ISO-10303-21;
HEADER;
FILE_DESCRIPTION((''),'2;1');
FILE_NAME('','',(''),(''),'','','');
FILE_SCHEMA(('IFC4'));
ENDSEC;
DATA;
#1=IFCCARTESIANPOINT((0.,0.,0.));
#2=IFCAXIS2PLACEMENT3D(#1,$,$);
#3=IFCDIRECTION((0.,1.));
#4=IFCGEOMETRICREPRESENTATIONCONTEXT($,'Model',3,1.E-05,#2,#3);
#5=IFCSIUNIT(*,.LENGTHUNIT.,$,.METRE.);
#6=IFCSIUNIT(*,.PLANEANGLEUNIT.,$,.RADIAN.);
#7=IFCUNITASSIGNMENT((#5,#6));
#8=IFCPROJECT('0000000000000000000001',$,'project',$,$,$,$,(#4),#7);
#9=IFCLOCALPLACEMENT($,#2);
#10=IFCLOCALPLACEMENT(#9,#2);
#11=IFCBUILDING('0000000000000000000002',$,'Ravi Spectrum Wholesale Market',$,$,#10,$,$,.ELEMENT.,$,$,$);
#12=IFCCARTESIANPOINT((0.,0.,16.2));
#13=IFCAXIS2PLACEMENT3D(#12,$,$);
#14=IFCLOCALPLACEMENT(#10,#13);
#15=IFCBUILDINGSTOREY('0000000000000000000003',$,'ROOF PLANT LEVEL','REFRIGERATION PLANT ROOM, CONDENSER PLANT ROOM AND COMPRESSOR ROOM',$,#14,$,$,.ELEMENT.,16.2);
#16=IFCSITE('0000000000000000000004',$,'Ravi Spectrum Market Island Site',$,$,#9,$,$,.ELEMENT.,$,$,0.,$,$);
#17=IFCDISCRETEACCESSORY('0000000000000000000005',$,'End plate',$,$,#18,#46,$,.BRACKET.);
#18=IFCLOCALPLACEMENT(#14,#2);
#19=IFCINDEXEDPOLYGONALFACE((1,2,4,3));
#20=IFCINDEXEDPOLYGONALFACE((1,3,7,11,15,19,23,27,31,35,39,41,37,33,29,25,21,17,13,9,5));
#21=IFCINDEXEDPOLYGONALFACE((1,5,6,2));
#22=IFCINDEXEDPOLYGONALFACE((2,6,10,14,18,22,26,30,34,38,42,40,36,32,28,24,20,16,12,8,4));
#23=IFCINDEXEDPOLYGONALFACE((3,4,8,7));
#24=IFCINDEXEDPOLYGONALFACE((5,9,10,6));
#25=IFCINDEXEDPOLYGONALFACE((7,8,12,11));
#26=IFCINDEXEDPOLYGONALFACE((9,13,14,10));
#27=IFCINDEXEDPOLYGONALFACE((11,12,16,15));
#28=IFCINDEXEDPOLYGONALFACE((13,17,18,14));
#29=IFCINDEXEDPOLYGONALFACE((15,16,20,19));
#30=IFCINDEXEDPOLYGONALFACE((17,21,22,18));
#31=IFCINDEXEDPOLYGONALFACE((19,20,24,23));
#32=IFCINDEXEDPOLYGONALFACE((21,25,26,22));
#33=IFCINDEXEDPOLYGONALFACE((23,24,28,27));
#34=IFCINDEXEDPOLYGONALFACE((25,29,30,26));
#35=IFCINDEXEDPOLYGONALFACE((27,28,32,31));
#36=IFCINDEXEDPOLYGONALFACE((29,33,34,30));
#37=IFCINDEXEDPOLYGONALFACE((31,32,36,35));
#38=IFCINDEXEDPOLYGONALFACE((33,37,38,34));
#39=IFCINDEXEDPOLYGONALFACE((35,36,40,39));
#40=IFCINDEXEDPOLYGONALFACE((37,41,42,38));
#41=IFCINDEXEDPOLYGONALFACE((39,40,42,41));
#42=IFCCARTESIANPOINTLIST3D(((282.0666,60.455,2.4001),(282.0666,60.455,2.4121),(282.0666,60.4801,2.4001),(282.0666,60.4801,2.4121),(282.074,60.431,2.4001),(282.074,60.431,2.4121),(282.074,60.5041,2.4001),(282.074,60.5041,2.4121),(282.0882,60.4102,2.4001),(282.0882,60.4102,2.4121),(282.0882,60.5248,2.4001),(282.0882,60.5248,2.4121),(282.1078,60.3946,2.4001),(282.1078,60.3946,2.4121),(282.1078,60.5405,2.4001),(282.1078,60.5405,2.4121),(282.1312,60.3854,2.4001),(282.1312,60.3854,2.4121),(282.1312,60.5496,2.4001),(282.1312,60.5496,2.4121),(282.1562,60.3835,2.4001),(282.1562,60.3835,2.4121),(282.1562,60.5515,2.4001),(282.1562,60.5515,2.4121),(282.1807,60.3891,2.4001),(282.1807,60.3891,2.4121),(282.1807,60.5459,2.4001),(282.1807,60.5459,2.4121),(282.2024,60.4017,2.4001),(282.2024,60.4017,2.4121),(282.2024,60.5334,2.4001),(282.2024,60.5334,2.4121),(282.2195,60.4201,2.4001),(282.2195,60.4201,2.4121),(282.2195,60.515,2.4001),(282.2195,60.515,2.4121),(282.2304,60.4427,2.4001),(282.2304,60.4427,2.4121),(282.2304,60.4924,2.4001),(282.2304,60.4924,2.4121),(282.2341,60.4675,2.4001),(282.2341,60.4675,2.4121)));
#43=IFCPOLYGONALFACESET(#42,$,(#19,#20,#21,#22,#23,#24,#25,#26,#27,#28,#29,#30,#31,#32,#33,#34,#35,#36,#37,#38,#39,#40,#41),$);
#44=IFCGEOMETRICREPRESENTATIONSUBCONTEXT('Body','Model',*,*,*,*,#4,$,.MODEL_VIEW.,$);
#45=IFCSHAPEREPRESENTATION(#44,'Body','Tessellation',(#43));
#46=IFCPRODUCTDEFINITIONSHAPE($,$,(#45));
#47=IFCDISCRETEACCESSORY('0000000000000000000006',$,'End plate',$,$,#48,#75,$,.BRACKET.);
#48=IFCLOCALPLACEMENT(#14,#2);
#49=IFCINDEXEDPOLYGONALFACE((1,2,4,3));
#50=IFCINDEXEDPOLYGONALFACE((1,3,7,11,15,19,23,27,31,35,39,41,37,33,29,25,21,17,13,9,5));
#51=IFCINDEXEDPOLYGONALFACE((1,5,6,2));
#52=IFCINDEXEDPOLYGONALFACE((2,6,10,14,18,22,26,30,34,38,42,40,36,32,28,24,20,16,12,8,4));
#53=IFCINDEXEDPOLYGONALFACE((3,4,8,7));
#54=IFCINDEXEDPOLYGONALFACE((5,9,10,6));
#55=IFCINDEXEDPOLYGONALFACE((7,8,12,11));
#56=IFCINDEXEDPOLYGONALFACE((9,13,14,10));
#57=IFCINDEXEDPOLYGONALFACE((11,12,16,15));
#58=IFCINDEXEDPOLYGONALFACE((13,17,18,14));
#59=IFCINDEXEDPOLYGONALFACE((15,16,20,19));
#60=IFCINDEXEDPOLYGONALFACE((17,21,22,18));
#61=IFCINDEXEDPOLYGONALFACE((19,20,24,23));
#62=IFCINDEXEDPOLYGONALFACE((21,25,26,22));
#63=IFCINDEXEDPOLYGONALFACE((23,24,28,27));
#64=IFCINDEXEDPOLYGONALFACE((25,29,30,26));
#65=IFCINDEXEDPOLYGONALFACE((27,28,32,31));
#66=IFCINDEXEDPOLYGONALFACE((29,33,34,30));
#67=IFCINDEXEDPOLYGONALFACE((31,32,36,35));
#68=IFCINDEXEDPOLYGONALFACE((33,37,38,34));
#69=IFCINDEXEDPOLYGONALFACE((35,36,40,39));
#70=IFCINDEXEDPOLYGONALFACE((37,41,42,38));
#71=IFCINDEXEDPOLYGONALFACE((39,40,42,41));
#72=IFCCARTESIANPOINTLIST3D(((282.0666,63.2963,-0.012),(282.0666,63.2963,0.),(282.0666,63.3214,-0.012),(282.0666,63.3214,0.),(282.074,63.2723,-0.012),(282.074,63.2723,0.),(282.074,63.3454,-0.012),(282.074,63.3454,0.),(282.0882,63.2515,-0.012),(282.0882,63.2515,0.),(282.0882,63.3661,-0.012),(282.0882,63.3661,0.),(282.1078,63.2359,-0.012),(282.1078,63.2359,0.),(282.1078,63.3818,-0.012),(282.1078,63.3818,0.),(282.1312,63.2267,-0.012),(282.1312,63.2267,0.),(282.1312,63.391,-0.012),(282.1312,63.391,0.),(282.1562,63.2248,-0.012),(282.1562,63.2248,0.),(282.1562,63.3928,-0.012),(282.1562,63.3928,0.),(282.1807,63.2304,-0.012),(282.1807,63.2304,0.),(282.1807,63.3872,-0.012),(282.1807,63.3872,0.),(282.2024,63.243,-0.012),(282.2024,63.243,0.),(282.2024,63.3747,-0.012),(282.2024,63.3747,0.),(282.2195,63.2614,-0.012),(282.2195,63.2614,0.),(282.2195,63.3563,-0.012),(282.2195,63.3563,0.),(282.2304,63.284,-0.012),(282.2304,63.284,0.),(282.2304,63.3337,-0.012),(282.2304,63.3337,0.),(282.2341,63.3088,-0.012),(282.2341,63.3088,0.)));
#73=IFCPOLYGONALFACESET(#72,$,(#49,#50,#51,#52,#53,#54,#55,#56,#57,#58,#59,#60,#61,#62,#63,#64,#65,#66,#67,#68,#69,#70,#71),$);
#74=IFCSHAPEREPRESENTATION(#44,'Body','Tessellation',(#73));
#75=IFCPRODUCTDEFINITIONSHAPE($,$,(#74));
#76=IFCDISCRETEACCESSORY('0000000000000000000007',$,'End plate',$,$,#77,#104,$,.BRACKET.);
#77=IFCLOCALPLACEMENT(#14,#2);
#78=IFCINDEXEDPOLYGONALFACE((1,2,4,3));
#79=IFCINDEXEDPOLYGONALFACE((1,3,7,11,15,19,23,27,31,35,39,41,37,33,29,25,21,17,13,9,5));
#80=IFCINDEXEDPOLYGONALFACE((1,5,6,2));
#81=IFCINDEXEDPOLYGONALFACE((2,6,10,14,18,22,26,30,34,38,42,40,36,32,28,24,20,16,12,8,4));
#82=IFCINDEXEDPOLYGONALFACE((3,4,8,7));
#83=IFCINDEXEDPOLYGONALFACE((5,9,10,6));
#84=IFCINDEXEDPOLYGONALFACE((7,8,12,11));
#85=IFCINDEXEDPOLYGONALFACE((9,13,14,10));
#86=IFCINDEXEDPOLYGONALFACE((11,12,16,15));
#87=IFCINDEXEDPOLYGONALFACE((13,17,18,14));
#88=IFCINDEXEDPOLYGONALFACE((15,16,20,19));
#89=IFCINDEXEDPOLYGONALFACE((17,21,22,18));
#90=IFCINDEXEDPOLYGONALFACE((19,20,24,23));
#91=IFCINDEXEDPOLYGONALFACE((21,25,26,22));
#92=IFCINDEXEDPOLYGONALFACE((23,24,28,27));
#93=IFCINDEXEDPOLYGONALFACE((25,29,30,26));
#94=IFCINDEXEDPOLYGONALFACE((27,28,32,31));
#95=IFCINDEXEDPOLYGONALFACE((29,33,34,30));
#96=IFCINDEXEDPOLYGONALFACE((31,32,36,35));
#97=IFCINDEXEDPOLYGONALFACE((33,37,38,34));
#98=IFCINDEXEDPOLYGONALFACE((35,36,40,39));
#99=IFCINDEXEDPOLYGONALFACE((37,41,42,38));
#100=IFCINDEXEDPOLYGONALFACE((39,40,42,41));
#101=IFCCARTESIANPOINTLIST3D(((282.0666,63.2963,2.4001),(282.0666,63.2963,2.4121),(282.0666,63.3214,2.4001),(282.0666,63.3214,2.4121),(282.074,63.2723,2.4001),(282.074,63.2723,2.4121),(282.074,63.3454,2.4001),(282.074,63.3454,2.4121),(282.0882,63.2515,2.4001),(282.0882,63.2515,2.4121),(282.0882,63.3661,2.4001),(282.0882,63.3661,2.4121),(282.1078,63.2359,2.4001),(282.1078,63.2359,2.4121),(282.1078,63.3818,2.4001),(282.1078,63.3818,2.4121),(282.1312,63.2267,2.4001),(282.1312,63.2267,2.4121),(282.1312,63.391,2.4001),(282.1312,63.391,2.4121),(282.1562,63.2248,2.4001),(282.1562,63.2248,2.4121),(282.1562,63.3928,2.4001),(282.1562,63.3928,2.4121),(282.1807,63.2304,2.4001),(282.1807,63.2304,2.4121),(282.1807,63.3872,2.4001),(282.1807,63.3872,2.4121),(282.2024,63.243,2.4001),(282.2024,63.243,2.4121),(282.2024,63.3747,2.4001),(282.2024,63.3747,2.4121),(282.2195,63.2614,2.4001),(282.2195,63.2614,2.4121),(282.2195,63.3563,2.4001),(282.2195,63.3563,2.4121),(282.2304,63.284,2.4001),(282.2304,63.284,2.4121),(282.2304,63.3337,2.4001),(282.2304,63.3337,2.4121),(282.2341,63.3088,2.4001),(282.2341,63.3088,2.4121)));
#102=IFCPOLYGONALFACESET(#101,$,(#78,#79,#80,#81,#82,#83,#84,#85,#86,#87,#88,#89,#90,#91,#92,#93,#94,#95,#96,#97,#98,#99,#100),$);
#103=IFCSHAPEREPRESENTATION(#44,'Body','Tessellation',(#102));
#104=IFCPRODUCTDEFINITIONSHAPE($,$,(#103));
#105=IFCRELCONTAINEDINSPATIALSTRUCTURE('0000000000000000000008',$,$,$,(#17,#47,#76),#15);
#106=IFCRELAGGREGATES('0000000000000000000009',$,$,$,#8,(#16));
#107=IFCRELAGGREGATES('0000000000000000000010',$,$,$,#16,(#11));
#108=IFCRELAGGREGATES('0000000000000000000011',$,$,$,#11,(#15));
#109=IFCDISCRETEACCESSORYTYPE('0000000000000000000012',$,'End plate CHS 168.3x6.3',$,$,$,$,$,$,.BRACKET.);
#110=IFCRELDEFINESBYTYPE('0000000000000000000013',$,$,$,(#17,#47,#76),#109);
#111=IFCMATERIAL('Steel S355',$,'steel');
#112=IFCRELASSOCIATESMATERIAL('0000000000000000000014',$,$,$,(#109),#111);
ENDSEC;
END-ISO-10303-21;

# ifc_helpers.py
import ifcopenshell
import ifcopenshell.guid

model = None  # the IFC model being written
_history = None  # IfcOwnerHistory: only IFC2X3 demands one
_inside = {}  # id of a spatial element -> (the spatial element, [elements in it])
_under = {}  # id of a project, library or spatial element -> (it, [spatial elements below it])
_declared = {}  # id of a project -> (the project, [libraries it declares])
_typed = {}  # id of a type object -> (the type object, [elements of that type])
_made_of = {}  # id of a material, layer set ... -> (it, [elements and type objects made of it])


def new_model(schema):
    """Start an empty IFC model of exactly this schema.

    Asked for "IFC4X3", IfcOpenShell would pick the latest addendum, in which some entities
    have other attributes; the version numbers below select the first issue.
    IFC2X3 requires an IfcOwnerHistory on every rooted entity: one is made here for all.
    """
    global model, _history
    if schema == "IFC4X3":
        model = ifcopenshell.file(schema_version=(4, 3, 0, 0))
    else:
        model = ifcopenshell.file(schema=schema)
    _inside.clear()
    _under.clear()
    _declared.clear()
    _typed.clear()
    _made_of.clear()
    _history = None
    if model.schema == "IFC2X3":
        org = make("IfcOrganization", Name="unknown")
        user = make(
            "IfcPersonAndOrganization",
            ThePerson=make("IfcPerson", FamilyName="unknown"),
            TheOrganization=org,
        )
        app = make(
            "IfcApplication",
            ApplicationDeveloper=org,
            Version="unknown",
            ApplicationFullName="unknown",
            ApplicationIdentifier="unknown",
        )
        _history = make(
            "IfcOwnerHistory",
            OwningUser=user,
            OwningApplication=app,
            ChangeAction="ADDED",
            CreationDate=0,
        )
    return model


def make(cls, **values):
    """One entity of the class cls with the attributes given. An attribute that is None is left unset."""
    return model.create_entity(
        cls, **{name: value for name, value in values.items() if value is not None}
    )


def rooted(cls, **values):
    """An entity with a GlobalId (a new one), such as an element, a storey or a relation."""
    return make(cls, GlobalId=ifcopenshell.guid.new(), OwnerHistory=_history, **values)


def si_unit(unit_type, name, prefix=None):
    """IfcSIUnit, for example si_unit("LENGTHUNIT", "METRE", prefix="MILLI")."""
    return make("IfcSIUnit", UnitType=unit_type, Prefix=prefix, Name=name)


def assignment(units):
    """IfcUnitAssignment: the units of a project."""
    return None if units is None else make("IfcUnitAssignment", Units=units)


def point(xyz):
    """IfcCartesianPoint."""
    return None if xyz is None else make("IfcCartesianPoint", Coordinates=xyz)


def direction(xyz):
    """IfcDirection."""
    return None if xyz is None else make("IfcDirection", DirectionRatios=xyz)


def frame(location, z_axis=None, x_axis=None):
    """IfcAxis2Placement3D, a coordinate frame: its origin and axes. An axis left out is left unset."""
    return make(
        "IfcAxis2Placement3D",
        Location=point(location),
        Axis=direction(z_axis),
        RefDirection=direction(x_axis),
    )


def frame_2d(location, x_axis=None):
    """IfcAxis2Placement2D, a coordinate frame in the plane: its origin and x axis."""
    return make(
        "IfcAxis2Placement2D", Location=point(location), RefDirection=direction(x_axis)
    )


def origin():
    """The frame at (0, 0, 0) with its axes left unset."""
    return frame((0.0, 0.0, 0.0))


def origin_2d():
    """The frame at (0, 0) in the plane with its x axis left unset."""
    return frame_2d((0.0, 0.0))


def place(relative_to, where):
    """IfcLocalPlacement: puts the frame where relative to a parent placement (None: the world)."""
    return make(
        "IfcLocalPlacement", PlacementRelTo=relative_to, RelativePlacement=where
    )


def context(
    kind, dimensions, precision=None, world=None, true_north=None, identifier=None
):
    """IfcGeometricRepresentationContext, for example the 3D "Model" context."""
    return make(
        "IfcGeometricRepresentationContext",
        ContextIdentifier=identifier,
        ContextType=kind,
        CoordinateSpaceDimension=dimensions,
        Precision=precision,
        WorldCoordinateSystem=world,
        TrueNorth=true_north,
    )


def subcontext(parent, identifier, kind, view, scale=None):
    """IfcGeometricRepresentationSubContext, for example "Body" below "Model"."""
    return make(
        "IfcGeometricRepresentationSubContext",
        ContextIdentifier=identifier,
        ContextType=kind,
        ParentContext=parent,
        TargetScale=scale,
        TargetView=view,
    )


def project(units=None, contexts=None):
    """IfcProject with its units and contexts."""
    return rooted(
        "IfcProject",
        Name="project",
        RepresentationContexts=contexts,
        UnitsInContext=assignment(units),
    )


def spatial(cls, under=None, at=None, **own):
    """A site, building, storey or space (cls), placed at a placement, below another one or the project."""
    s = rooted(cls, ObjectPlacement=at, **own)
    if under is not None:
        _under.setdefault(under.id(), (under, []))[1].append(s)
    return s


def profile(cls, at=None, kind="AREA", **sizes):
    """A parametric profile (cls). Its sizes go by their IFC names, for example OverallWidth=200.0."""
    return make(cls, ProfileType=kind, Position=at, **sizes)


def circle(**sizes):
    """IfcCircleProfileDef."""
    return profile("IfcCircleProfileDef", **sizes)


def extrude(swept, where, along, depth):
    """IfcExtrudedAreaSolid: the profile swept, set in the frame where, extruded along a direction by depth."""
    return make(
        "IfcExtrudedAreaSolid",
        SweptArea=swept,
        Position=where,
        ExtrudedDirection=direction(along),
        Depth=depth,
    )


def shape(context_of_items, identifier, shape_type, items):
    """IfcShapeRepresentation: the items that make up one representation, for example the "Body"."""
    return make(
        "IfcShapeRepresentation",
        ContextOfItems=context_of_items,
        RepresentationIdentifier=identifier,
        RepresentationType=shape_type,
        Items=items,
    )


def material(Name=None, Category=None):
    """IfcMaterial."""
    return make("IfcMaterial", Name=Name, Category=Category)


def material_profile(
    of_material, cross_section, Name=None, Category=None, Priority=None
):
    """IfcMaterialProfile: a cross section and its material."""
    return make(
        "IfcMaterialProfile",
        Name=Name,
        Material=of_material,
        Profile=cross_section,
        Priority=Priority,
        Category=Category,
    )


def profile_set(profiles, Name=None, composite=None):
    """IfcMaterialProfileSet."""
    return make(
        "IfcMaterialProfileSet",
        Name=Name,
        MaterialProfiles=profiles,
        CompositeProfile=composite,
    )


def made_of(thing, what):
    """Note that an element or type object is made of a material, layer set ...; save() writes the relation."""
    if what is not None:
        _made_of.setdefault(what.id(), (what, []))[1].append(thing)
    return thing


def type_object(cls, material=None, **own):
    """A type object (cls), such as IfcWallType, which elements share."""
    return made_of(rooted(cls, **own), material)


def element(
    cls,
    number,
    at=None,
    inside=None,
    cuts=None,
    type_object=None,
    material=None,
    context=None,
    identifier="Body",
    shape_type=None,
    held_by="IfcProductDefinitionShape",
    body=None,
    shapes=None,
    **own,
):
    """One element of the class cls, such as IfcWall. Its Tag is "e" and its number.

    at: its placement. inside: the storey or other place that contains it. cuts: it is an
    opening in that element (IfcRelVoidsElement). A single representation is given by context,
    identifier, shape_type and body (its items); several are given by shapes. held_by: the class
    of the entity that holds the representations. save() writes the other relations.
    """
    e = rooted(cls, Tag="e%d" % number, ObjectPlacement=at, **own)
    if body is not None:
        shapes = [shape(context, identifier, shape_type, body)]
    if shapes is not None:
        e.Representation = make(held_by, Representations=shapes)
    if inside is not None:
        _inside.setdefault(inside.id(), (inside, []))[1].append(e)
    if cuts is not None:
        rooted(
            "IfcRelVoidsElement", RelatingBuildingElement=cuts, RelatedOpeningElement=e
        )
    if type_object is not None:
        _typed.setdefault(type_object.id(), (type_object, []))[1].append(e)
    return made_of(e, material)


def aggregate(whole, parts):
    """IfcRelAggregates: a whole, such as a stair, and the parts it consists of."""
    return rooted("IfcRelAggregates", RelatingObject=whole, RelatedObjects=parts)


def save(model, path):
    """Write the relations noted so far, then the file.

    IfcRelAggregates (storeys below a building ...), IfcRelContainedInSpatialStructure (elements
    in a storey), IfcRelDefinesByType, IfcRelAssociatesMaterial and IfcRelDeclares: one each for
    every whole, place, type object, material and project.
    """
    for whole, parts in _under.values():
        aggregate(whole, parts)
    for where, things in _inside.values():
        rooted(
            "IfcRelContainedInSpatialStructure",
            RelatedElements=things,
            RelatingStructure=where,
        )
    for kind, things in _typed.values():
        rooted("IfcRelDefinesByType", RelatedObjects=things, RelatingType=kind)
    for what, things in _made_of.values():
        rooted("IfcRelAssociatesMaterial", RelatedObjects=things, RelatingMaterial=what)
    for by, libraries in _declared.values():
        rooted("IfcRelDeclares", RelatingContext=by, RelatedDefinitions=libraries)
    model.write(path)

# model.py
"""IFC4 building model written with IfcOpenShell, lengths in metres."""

from ifc_helpers import new_model, si_unit, direction, frame, origin, origin_2d, place, context, subcontext, project, spatial, circle, extrude, material, material_profile, profile_set, type_object, element, save


model = new_model("IFC4")

# Units and contexts
model_context = context("Model", 3, precision=1e-05, world=origin(), true_north=direction((0.0, 1.0)))
body_context = subcontext(model_context, "Body", "Model", "MODEL_VIEW")
ifc_project = project(units=[si_unit("LENGTHUNIT", "METRE"), si_unit("PLANEANGLEUNIT", "RADIAN")], contexts=[model_context])

# Site, building, storey
site_placement = place(None, origin())
site = spatial("IfcSite", under=ifc_project, at=site_placement, Name="Ravi Spectrum Market Island Site", CompositionType="ELEMENT", RefElevation=0.0)
building_placement = place(site_placement, origin())
building = spatial("IfcBuilding", under=site, at=building_placement, Name="Ravi Spectrum Wholesale Market", CompositionType="ELEMENT")
storey_placement = place(building_placement, frame((0.0, 0.0, 16.2)))
storey = spatial("IfcBuildingStorey", under=building, at=storey_placement, Name="ROOF PLANT LEVEL", Description="REFRIGERATION PLANT ROOM, CONDENSER PLANT ROOM AND COMPRESSOR ROOM", CompositionType="ELEMENT", Elevation=16.2)

# Discrete accessories
ifc_material_1 = material(Name="Steel S355", Category="steel")
ifc_material_profile_1 = material_profile(ifc_material_1, circle(Radius=0.0842, at=origin_2d()))
ifc_profile_set_1 = profile_set([ifc_material_profile_1], Name="Steel S355")
discrete_accessory_type = type_object("IfcDiscreteAccessoryType", Name="End plate CHS 168.3x6.3", PredefinedType="BRACKET", material=ifc_profile_set_1)
for number, where, z_axis, x_axis, name in (
    (1, (282.1499, 60.4675, 2.4001), (0.0, 0.0, 1.0), (1.0, 0.0, 0.0), "End plate"),
    (2, (282.1499, 63.3088, 0.0), (0.0, 0.0, -1.0), (1.0, 0.0, 0.0), "End plate"),
    (3, (282.1499, 63.3088, 2.4001), (0.0, 0.0, 1.0), (1.0, 0.0, 0.0), "End plate"),
):
    element("IfcDiscreteAccessory", number, at=place(storey_placement, frame(where, z_axis=z_axis, x_axis=x_axis)), inside=storey, type_object=discrete_accessory_type, Name=name, PredefinedType="BRACKET", context=body_context, shape_type="SweptSolid", body=[
        extrude(circle(Radius=0.0842, at=origin_2d()), origin(), (0.0, 0.0, 1.0), 0.012),
    ])

save(model, "model.ifc")
